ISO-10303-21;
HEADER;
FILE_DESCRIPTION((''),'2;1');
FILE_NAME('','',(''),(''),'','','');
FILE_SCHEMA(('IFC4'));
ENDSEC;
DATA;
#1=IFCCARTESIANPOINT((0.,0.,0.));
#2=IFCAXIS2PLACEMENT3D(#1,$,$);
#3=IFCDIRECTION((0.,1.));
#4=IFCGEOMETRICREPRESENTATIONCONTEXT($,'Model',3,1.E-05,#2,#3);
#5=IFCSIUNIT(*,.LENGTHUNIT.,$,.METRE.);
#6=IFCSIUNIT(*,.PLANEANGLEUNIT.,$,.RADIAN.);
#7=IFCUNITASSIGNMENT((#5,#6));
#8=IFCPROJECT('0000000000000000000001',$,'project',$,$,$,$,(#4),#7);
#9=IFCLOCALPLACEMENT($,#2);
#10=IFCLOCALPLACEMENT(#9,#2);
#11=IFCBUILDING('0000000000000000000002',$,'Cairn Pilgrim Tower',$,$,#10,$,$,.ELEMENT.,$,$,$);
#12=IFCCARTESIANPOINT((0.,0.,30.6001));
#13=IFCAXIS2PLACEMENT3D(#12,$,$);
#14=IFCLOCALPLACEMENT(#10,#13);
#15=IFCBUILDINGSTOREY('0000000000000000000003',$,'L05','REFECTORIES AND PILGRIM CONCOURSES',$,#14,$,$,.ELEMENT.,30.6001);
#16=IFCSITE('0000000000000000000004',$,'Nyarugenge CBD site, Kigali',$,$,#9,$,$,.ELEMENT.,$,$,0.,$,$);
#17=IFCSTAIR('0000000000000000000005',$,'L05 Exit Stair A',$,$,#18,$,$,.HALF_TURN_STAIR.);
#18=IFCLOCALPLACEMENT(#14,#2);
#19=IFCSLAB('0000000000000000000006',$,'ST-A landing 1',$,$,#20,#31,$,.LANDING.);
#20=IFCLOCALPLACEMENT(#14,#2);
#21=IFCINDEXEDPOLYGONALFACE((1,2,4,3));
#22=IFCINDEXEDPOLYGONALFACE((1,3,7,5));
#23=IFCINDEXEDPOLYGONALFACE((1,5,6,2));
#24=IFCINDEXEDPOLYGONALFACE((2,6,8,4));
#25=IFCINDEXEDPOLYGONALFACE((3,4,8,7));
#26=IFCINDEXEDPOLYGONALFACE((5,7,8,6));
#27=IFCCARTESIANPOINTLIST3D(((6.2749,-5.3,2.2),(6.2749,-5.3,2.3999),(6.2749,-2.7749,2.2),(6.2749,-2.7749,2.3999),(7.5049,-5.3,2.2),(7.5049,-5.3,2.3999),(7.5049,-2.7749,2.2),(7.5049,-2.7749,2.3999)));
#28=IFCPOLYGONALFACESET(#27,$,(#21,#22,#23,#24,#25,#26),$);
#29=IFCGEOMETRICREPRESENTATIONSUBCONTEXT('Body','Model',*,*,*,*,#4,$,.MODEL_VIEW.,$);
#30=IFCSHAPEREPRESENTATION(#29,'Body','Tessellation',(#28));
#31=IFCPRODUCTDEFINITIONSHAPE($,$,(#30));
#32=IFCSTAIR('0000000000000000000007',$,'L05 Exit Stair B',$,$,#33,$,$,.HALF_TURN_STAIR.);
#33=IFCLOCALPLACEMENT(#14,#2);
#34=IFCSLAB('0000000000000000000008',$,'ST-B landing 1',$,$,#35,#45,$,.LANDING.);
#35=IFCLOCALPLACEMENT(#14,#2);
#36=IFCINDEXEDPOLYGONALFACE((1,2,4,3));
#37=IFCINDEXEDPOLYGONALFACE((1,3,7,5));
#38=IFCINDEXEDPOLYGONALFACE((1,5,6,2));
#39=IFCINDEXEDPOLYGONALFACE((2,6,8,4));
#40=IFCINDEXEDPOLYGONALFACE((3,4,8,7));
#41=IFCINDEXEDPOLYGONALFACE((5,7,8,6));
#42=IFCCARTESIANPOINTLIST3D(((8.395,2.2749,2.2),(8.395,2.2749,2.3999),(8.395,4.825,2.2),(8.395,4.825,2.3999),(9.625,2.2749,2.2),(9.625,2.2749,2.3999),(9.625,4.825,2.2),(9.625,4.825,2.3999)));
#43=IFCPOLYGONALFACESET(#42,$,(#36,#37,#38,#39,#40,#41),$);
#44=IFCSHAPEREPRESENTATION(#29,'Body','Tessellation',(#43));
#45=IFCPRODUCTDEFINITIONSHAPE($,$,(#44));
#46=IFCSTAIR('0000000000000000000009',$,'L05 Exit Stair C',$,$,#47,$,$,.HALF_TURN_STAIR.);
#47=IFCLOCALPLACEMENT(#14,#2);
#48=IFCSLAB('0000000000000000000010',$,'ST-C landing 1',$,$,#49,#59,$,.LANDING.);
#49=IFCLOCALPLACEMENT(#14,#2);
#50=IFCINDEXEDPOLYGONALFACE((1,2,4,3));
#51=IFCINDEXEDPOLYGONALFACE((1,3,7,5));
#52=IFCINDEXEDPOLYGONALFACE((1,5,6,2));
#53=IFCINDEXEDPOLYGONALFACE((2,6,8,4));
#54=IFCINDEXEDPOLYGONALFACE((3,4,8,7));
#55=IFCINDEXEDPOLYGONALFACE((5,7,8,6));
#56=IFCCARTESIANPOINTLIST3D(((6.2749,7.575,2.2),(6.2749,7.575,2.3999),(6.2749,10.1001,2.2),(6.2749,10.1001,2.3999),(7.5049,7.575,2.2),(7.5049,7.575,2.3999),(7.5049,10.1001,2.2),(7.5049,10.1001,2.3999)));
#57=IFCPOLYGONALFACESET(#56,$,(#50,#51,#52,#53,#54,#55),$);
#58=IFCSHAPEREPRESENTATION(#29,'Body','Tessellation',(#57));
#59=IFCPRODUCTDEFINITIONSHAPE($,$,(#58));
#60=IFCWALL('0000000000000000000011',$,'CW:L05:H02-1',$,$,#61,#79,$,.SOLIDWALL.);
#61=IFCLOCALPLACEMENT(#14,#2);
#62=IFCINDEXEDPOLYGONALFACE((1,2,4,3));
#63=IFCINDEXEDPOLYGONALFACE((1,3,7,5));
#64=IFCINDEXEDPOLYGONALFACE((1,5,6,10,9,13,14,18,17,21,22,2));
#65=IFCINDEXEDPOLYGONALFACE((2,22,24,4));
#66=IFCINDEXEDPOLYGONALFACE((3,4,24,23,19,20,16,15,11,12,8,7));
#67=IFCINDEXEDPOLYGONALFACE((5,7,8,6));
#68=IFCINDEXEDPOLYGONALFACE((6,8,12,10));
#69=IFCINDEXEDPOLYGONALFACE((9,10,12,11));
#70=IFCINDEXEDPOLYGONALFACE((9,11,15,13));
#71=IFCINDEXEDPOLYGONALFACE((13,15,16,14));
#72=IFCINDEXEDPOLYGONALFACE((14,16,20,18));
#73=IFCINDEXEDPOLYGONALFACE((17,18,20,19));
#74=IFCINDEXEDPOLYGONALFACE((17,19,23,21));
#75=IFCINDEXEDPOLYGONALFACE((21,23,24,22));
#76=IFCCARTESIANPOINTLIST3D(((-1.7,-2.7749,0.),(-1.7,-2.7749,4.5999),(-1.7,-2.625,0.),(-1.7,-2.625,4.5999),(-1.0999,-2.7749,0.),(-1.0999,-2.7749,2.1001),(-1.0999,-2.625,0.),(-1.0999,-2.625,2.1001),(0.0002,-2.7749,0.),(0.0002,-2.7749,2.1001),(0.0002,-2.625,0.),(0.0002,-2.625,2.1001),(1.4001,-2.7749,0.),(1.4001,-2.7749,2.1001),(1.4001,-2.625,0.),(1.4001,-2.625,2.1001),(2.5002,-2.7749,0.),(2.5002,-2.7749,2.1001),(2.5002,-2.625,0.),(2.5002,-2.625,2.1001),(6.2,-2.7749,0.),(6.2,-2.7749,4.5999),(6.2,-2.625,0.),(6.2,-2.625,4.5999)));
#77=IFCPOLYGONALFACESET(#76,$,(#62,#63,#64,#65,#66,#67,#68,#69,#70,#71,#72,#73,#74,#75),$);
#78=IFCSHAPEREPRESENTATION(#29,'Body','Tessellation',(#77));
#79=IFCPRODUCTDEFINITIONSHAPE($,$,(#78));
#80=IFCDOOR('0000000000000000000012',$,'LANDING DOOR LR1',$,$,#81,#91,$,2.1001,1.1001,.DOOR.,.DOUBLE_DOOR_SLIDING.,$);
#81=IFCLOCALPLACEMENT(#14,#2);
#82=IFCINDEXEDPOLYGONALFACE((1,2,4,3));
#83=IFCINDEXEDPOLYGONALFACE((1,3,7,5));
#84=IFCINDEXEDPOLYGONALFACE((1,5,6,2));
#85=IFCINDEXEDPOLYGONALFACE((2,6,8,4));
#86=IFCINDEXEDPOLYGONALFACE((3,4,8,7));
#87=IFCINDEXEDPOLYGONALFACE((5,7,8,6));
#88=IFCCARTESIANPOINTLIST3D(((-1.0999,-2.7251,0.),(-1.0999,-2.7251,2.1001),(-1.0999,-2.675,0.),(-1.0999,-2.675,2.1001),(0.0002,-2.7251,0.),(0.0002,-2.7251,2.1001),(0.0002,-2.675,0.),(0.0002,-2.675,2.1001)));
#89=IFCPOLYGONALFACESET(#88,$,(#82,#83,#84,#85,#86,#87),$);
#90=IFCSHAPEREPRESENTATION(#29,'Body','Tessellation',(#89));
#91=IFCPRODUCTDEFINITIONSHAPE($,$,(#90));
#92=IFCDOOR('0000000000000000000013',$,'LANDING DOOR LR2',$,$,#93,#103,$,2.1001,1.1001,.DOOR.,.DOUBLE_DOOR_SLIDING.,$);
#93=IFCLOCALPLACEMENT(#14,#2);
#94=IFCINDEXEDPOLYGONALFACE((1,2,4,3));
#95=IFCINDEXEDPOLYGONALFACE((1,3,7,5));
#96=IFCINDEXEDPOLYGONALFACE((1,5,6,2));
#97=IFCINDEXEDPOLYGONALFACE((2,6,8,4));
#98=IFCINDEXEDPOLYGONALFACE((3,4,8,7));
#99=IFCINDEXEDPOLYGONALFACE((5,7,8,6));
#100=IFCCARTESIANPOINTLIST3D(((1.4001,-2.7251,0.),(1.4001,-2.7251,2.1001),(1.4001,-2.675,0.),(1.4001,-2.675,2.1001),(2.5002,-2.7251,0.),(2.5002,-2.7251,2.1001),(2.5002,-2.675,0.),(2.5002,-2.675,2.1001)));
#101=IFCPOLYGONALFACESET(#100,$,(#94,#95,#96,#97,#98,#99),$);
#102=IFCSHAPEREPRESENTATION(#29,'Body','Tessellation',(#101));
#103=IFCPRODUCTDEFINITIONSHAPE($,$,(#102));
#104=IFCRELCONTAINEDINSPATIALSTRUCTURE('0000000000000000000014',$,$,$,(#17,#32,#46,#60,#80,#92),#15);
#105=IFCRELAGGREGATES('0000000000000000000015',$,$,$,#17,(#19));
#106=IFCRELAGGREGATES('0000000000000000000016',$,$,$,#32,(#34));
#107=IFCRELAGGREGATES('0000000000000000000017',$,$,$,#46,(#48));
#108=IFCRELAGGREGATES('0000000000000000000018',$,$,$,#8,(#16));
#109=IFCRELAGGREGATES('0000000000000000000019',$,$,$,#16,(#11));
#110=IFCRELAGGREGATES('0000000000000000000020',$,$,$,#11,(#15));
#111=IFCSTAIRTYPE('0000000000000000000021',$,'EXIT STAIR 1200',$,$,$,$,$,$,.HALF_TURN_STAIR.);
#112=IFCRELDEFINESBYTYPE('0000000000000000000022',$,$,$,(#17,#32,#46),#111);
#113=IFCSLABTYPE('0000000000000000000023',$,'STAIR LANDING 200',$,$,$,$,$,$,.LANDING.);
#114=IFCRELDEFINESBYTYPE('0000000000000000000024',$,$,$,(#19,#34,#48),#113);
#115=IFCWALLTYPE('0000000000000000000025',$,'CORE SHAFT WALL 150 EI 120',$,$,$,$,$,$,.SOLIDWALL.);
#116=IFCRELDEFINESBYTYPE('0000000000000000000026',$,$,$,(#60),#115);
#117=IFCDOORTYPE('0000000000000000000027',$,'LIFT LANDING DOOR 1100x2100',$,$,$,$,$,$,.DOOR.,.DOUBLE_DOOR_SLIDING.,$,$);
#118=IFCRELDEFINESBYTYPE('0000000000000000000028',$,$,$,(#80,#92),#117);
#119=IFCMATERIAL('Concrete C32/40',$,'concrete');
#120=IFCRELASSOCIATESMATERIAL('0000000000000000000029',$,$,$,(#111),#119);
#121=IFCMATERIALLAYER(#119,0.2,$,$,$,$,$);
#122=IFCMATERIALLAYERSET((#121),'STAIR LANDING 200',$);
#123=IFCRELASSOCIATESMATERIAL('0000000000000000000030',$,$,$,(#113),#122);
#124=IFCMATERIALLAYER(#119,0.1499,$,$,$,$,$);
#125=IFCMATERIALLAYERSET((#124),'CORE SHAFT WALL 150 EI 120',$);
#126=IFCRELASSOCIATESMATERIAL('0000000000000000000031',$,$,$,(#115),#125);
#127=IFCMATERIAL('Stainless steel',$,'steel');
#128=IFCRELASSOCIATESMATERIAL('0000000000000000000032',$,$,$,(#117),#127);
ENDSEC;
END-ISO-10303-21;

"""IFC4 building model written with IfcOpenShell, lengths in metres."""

from ifc_helpers import new_model, si_unit, direction, frame, frame_2d, origin, place, context, subcontext, project, spatial, polyline, rectangle, outline, extrude, material, layer, layer_set, type_object, element, fill, aggregate, save


model = new_model("IFC4")

# Units and contexts
model_context = context("Model", 3, precision=1e-05, world=origin(), true_north=direction((0.0, 1.0)))
body_context = subcontext(model_context, "Body", "Model", "MODEL_VIEW")
ifc_project = project(units=[si_unit("LENGTHUNIT", "METRE"), si_unit("PLANEANGLEUNIT", "RADIAN")], contexts=[model_context])

# Site, building, storey
site_placement = place(None, origin())
site = spatial("IfcSite", under=ifc_project, at=site_placement, Name="Nyarugenge CBD site, Kigali", CompositionType="ELEMENT", RefElevation=0.0)
building_placement = place(site_placement, origin())
building = spatial("IfcBuilding", under=site, at=building_placement, Name="Cairn Pilgrim Tower", CompositionType="ELEMENT")
storey_placement = place(building_placement, frame((0.0, 0.0, 30.6001)))
storey = spatial("IfcBuildingStorey", under=building, at=storey_placement, Name="L05", Description="REFECTORIES AND PILGRIM CONCOURSES", CompositionType="ELEMENT", Elevation=30.6001)

# Stairs, slabs
ifc_material_1 = material(Name="Concrete C32/40", Category="concrete")
stair_type_1 = type_object("IfcStairType", Name="EXIT STAIR 1200", PredefinedType="HALF_TURN_STAIR", material=ifc_material_1)
stair_1_placement = place(storey_placement, origin())
stair_1 = element("IfcStair", 1, at=stair_1_placement, inside=storey, type_object=stair_type_1, Name="L05 Exit Stair A", PredefinedType="HALF_TURN_STAIR")
ifc_layer_1 = layer(ifc_material_1, 0.2)
ifc_layer_set_1 = layer_set([ifc_layer_1], Name="STAIR LANDING 200")
slab_type_1 = type_object("IfcSlabType", Name="STAIR LANDING 200", PredefinedType="LANDING", material=ifc_layer_set_1)
slab_1_placement = place(storey_placement, frame((0.0, 0.0, 2.2)))
slab_1 = element("IfcSlab", 2, at=slab_1_placement, type_object=slab_type_1, Name="ST-A landing 1", PredefinedType="LANDING", context=body_context, shape_type="SweptSolid", body=[
    extrude(outline(polyline([(7.5049, -2.7749), (6.2749, -2.7749), (6.2749, -5.3), (7.5049, -5.3), (7.5049, -2.7749)])), origin(), (0.0, 0.0, 1.0), 0.2),
])
aggregate(stair_1, [slab_1])
stair_2_placement = place(storey_placement, origin())
stair_2 = element("IfcStair", 3, at=stair_2_placement, inside=storey, type_object=stair_type_1, Name="L05 Exit Stair B", PredefinedType="HALF_TURN_STAIR")
slab_2_placement = place(storey_placement, frame((0.0, 0.0, 2.2)))
slab_2 = element("IfcSlab", 4, at=slab_2_placement, type_object=slab_type_1, Name="ST-B landing 1", PredefinedType="LANDING", context=body_context, shape_type="SweptSolid", body=[
    extrude(outline(polyline([(8.395, 2.2749), (9.625, 2.2749), (9.625, 4.825), (8.395, 4.825), (8.395, 2.2749)])), origin(), (0.0, 0.0, 1.0), 0.2),
])
aggregate(stair_2, [slab_2])
stair_3_placement = place(storey_placement, origin())
stair_3 = element("IfcStair", 5, at=stair_3_placement, inside=storey, type_object=stair_type_1, Name="L05 Exit Stair C", PredefinedType="HALF_TURN_STAIR")
slab_3_placement = place(storey_placement, frame((0.0, 0.0, 2.2)))
slab_3 = element("IfcSlab", 6, at=slab_3_placement, type_object=slab_type_1, Name="ST-C landing 1", PredefinedType="LANDING", context=body_context, shape_type="SweptSolid", body=[
    extrude(outline(polyline([(7.5049, 10.1001), (6.2749, 10.1001), (6.2749, 7.575), (7.5049, 7.575), (7.5049, 10.1001)])), origin(), (0.0, 0.0, 1.0), 0.2),
])
aggregate(stair_3, [slab_3])

# Wall, openings, doors
ifc_layer_2 = layer(ifc_material_1, 0.1499)
ifc_layer_set_2 = layer_set([ifc_layer_2], Name="CORE SHAFT WALL 150 EI 120")
wall_type = type_object("IfcWallType", Name="CORE SHAFT WALL 150 EI 120", PredefinedType="SOLIDWALL", material=ifc_layer_set_2)
wall_1_placement = place(storey_placement, frame((-1.7, -2.7, 0.0), z_axis=(0.0, 0.0, 1.0), x_axis=(1.0, 0.0, 0.0)))
wall_1 = element("IfcWall", 7, at=wall_1_placement, inside=storey, type_object=wall_type, Name="CW:L05:H02-1", PredefinedType="SOLIDWALL", context=body_context, shape_type="SweptSolid", body=[
    extrude(rectangle(XDim=7.8999, YDim=0.1499, at=frame_2d((3.95, 0.0))), origin(), (0.0, 0.0, 1.0), 4.5999),
])
opening_1_placement = place(wall_1_placement, frame((0.6001, 0.0, 0.0)))
opening_1 = element("IfcOpeningElement", 8, at=opening_1_placement, cuts=wall_1, PredefinedType="OPENING", context=body_context, shape_type="SweptSolid", body=[
    extrude(rectangle(XDim=1.1001, YDim=2.1001, at=frame_2d((0.55, 1.05))), frame((0.0, 0.085, 0.0), z_axis=(0.0, -1.0, 0.0), x_axis=(1.0, 0.0, 0.0)), (0.0, 0.0, 1.0), 0.1699),
])
opening_2_placement = place(wall_1_placement, frame((3.1001, 0.0, 0.0)))
opening_2 = element("IfcOpeningElement", 9, at=opening_2_placement, cuts=wall_1, PredefinedType="OPENING", context=body_context, shape_type="SweptSolid", body=[
    extrude(rectangle(XDim=1.1001, YDim=2.1001, at=frame_2d((0.55, 1.05))), frame((0.0, 0.085, 0.0), z_axis=(0.0, -1.0, 0.0), x_axis=(1.0, 0.0, 0.0)), (0.0, 0.0, 1.0), 0.1699),
])
ifc_material_2 = material(Name="Stainless steel", Category="steel")
door_type_1 = type_object("IfcDoorType", Name="LIFT LANDING DOOR 1100x2100", OperationType="DOUBLE_DOOR_SLIDING", PredefinedType="DOOR", material=ifc_material_2)
door_1_placement = place(opening_1_placement, origin())
door_1 = element("IfcDoor", 10, at=door_1_placement, inside=storey, type_object=door_type_1, Name="LANDING DOOR LR1", OperationType="DOUBLE_DOOR_SLIDING", OverallHeight=2.1001, OverallWidth=1.1001, PredefinedType="DOOR", context=body_context, shape_type="SweptSolid", body=[
    extrude(rectangle(XDim=1.1001, YDim=2.1001, at=frame_2d((0.55, 1.05))), frame((0.0, 0.0249, 0.0), z_axis=(0.0, -1.0, 0.0), x_axis=(1.0, 0.0, 0.0)), (0.0, 0.0, 1.0), 0.05),
])
fill(opening_1, door_1)
door_2_placement = place(opening_2_placement, origin())
door_2 = element("IfcDoor", 11, at=door_2_placement, inside=storey, type_object=door_type_1, Name="LANDING DOOR LR2", OperationType="DOUBLE_DOOR_SLIDING", OverallHeight=2.1001, OverallWidth=1.1001, PredefinedType="DOOR", context=body_context, shape_type="SweptSolid", body=[
    extrude(rectangle(XDim=1.1001, YDim=2.1001, at=frame_2d((0.55, 1.05))), frame((0.0, 0.0249, 0.0), z_axis=(0.0, -1.0, 0.0), x_axis=(1.0, 0.0, 0.0)), (0.0, 0.0, 1.0), 0.05),
])
fill(opening_2, door_2)

save(model, "model.ifc")
